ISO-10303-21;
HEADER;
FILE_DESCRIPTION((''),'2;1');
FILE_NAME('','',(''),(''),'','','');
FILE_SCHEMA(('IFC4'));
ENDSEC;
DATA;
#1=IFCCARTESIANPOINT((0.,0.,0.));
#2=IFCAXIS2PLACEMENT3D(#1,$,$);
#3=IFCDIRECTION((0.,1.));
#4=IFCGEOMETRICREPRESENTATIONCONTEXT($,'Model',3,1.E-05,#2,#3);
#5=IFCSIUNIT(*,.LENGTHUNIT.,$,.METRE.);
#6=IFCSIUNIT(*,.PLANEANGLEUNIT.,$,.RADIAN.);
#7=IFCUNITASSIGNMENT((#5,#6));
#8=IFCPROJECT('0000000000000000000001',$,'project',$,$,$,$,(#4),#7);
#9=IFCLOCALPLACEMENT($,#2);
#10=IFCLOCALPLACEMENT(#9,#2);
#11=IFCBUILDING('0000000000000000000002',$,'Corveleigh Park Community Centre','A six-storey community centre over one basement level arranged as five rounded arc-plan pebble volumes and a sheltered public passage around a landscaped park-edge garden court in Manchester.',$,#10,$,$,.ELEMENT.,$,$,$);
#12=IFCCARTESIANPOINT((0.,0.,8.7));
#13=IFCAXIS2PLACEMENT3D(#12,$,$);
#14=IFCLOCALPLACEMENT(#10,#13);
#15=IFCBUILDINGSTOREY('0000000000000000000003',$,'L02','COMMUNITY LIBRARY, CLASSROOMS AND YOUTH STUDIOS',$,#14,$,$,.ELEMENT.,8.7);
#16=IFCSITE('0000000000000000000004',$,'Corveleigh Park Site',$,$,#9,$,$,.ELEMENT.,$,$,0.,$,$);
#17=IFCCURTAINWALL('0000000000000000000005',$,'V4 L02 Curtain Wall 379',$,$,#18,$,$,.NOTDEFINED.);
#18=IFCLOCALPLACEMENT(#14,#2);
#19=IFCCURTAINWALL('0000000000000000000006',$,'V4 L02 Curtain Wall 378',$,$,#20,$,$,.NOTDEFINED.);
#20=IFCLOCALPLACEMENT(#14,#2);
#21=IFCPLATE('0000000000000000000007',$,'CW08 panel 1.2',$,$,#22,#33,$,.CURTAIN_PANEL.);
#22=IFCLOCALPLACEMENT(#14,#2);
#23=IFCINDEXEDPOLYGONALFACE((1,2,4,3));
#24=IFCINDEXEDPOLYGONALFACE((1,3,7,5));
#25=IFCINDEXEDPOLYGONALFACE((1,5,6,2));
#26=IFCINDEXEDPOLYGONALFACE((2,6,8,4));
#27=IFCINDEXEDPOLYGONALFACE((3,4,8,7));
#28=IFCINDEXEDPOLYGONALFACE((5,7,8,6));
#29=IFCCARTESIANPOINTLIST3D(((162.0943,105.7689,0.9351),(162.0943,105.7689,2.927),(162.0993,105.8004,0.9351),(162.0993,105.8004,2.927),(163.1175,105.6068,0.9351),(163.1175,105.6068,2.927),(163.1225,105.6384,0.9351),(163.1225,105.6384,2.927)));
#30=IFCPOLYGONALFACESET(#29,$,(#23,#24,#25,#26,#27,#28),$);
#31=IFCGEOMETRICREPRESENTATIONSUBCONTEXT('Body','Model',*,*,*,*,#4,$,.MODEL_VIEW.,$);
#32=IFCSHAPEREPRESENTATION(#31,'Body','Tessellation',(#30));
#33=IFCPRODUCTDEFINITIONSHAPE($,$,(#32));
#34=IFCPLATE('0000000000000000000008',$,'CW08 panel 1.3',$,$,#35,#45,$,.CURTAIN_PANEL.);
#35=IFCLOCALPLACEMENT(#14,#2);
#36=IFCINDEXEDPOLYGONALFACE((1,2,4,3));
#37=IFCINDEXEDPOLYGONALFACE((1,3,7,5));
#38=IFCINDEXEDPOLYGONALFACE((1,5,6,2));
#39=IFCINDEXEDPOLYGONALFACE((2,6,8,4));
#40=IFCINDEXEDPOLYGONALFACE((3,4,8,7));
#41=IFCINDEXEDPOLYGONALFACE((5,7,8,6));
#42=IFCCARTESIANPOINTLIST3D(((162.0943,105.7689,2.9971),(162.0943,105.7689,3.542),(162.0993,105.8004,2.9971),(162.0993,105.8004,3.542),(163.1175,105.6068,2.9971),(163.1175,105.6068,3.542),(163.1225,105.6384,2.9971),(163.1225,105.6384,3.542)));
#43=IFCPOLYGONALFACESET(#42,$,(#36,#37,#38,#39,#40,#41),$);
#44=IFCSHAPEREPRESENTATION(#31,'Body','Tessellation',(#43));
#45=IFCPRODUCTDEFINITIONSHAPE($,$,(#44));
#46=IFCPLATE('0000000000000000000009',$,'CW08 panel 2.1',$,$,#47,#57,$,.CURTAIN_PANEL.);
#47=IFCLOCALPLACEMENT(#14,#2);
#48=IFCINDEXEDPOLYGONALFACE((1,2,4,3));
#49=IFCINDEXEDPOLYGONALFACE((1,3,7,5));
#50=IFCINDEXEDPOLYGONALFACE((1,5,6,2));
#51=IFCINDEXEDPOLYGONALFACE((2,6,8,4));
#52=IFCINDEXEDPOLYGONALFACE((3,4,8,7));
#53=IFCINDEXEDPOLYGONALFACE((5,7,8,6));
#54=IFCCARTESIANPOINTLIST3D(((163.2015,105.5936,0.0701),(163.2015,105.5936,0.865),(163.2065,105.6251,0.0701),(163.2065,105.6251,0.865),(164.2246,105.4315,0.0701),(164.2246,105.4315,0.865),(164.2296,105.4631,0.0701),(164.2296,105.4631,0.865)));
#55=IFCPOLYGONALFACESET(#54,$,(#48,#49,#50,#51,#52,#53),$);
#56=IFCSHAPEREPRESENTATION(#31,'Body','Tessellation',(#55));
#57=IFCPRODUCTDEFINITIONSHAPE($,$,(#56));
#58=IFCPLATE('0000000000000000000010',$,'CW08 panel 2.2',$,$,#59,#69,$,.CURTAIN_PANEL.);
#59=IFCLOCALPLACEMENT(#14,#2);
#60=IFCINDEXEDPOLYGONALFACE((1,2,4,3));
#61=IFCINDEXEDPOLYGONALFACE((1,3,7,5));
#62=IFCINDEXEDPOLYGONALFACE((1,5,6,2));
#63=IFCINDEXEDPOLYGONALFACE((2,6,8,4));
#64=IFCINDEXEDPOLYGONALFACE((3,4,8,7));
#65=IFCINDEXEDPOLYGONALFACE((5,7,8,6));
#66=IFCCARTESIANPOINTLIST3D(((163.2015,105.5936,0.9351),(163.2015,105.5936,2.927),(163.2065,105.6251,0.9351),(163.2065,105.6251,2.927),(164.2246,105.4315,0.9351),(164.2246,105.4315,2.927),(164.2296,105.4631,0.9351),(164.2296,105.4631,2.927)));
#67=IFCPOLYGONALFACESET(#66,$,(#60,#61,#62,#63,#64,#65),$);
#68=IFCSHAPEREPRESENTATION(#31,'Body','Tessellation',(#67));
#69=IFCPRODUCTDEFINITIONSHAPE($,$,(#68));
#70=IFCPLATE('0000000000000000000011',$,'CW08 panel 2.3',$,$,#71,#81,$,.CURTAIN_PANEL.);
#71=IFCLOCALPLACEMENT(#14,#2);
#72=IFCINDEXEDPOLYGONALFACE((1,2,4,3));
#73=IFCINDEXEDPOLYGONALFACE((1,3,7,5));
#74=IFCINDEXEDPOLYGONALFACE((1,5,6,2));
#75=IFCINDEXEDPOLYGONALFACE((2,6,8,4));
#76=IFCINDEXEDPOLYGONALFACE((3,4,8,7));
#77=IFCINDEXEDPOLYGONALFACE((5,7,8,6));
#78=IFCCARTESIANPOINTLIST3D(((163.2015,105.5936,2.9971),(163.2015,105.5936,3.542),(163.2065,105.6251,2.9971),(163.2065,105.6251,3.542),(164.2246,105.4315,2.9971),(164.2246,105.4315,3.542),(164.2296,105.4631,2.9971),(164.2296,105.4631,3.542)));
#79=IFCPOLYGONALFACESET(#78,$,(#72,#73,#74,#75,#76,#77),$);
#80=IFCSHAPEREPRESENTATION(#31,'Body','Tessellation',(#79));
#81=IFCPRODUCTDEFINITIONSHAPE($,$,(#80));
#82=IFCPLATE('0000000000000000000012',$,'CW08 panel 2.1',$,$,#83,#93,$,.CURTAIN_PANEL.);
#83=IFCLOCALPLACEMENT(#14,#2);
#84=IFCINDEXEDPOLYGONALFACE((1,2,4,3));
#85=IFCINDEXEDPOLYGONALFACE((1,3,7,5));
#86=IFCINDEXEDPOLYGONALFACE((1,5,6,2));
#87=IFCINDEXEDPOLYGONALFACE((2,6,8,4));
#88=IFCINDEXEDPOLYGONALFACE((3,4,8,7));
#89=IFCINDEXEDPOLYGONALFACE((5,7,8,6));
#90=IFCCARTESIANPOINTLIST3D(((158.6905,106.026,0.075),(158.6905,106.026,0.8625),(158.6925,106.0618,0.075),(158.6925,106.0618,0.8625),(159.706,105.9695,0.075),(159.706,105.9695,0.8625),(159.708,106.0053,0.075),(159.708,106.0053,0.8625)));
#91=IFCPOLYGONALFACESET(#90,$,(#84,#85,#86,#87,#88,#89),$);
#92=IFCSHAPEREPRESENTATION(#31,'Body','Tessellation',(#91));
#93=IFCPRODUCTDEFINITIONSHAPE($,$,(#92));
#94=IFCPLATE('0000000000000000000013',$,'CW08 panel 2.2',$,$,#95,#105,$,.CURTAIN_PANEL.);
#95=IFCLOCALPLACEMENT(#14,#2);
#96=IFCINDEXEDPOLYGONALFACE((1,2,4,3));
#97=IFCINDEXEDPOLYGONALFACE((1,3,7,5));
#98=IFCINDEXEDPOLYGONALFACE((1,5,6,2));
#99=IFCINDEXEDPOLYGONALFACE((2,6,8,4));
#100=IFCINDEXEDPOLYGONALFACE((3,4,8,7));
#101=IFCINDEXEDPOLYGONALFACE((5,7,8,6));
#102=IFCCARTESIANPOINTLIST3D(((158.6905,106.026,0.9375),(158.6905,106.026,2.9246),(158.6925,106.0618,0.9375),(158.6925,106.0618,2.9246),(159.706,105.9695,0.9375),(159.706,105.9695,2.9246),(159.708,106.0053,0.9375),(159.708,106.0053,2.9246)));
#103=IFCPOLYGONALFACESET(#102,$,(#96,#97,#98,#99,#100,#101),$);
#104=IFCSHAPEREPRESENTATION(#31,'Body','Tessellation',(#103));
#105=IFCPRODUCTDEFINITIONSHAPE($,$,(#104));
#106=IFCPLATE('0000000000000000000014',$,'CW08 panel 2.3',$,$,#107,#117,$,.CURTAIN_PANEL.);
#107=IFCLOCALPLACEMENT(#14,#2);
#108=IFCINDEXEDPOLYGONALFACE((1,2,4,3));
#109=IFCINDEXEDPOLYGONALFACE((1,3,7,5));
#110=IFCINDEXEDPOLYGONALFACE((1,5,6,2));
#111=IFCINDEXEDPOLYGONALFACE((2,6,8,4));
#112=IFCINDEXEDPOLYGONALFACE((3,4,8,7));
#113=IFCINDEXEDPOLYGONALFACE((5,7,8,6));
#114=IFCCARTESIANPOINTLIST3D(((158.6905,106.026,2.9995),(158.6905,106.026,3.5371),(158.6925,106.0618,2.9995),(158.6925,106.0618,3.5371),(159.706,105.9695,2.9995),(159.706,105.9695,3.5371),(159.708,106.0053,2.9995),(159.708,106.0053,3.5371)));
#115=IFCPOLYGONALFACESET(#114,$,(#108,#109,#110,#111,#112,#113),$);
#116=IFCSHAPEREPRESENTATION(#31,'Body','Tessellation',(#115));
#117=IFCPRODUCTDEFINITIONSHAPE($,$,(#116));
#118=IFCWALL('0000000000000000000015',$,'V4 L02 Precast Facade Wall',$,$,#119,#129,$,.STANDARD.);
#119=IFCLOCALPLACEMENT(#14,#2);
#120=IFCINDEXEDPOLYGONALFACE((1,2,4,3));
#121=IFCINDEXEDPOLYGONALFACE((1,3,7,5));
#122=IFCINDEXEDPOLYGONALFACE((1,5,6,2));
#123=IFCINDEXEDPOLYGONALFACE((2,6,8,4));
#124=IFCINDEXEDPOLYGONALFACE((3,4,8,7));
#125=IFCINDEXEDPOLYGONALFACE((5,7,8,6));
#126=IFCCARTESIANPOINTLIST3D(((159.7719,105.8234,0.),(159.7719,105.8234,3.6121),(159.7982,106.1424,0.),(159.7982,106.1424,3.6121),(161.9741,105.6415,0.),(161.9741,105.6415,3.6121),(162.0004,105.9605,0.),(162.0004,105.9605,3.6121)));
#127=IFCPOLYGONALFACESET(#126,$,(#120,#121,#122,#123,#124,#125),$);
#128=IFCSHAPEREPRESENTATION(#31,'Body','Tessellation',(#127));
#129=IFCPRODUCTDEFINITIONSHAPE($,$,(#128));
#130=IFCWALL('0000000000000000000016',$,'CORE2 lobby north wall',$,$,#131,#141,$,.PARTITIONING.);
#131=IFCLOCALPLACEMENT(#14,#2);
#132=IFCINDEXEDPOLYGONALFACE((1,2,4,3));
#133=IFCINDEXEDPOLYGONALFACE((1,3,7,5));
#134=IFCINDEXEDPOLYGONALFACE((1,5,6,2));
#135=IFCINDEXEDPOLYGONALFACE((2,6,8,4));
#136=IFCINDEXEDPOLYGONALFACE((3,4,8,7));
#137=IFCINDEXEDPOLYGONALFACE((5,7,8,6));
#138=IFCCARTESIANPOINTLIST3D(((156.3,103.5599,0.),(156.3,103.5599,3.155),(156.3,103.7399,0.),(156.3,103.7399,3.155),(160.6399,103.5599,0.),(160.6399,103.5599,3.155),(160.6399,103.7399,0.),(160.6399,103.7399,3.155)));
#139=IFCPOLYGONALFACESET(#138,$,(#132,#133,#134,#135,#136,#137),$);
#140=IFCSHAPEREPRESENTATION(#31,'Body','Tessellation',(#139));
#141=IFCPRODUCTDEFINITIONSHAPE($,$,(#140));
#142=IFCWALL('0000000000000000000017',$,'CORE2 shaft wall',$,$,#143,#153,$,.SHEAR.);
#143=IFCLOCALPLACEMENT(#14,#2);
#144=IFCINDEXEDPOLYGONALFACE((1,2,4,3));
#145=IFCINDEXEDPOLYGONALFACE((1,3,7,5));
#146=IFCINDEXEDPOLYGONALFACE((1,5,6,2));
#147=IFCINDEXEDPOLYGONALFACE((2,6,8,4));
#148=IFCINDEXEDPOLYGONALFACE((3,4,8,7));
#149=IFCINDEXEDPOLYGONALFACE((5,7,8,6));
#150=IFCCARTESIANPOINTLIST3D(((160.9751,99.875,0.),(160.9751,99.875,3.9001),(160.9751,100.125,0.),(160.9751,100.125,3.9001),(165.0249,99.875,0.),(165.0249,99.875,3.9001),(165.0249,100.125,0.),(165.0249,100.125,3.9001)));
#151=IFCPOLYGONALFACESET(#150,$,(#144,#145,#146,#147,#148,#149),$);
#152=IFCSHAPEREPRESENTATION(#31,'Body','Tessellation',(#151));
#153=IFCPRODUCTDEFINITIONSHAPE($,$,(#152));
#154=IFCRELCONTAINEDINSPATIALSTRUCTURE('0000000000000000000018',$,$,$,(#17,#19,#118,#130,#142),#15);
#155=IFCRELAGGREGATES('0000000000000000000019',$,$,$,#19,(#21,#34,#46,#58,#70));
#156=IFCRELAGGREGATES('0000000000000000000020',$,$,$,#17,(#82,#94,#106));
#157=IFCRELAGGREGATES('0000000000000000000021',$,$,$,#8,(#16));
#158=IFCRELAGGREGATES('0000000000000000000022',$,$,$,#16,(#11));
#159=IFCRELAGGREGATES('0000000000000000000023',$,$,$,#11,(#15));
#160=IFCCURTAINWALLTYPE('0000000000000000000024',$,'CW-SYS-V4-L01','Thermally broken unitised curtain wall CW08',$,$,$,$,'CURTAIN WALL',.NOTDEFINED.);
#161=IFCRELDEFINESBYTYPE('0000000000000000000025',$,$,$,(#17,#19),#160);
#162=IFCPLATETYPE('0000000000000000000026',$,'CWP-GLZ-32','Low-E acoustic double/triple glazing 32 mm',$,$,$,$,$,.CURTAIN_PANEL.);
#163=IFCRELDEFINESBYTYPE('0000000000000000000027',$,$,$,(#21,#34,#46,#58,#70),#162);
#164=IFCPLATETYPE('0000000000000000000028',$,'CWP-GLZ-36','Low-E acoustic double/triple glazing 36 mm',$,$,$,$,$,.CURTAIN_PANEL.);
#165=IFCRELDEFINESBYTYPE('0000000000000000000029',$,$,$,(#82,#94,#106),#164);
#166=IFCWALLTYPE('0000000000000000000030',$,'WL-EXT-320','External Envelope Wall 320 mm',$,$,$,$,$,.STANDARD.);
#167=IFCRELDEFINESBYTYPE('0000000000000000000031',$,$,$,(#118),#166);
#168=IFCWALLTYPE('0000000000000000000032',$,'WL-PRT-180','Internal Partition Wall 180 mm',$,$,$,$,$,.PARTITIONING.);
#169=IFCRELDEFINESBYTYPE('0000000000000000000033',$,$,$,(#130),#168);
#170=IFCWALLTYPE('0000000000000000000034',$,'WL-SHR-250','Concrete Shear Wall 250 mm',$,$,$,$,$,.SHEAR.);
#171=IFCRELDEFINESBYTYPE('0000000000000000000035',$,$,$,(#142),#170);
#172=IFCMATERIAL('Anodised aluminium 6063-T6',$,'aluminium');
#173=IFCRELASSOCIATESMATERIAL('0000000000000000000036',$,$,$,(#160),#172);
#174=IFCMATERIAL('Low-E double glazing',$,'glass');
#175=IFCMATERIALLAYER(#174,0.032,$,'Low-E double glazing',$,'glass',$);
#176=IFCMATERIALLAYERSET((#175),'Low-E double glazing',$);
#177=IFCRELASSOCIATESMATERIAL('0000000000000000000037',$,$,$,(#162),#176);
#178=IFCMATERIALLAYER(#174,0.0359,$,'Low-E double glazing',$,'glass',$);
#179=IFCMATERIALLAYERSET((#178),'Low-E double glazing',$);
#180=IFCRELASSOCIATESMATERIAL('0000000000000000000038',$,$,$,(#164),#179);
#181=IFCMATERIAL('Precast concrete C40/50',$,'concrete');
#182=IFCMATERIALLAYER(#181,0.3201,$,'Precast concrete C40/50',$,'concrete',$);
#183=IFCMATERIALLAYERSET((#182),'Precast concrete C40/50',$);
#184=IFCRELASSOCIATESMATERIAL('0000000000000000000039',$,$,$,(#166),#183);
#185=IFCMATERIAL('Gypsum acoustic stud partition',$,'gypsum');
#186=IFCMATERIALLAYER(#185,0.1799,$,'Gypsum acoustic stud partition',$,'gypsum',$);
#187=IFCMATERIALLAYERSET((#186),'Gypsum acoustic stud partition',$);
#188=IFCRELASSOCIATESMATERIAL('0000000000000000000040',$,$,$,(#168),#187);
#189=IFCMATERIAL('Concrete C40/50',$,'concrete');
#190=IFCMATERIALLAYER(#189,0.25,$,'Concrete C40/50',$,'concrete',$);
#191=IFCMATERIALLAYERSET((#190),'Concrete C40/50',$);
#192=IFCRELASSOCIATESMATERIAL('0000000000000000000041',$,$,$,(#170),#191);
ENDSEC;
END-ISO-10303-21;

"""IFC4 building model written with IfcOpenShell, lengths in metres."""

from ifc_helpers import new_model, si_unit, direction, frame, frame_2d, origin, origin_2d, place, context, subcontext, project, spatial, rectangle, extrude, material, layer, layer_set, type_object, element, aggregate, save


model = new_model("IFC4")

# Units and contexts
model_context = context("Model", 3, precision=1e-05, world=origin(), true_north=direction((0.0, 1.0)))
body_context = subcontext(model_context, "Body", "Model", "MODEL_VIEW")
ifc_project = project(units=[si_unit("LENGTHUNIT", "METRE"), si_unit("PLANEANGLEUNIT", "RADIAN")], contexts=[model_context])

# Site, building, storey
site_placement = place(None, origin())
site = spatial("IfcSite", under=ifc_project, at=site_placement, Name="Corveleigh Park Site", CompositionType="ELEMENT", RefElevation=0.0)
building_placement = place(site_placement, origin())
building = spatial("IfcBuilding", under=site, at=building_placement, Name="Corveleigh Park Community Centre", Description="A six-storey community centre over one basement level arranged as five rounded arc-plan pebble volumes and a sheltered public passage around a landscaped park-edge garden court in Manchester.", CompositionType="ELEMENT")
storey_placement = place(building_placement, frame((0.0, 0.0, 8.7)))
storey = spatial("IfcBuildingStorey", under=building, at=storey_placement, Name="L02", Description="COMMUNITY LIBRARY, CLASSROOMS AND YOUTH STUDIOS", CompositionType="ELEMENT", Elevation=8.7)

# Curtain wall
ifc_material_1 = material(Name="Anodised aluminium 6063-T6", Category="aluminium")
curtain_wall_type = type_object("IfcCurtainWallType", Name="CW-SYS-V4-L01", Description="Thermally broken unitised curtain wall CW08", ElementType="CURTAIN WALL", PredefinedType="NOTDEFINED", material=ifc_material_1)
curtain_wall_1_placement = place(storey_placement, origin())
curtain_wall_1 = element("IfcCurtainWall", 1, at=curtain_wall_1_placement, inside=storey, type_object=curtain_wall_type, Name="V4 L02 Curtain Wall 379", PredefinedType="NOTDEFINED")

# Curtain wall
curtain_wall_2_placement = place(storey_placement, origin())
curtain_wall_2 = element("IfcCurtainWall", 2, at=curtain_wall_2_placement, inside=storey, type_object=curtain_wall_type, Name="V4 L02 Curtain Wall 378", PredefinedType="NOTDEFINED")

# Plates
ifc_material_2 = material(Name="Low-E double glazing", Category="glass")
ifc_layer_1 = layer(ifc_material_2, 0.032, Name="Low-E double glazing", Category="glass")
ifc_layer_set_1 = layer_set([ifc_layer_1], Name="Low-E double glazing")
plate_type_1 = type_object("IfcPlateType", Name="CWP-GLZ-32", Description="Low-E acoustic double/triple glazing 32 mm", PredefinedType="CURTAIN_PANEL", material=ifc_layer_set_1)
plate_1_placement = place(storey_placement, frame((162.6084, 105.7036, 0.9351), z_axis=(0.0, 0.0, 1.0), x_axis=(0.987686, -0.156448, 0.0)))
plate_1 = element("IfcPlate", 3, at=plate_1_placement, type_object=plate_type_1, Name="CW08 panel 1.2", PredefinedType="CURTAIN_PANEL", context=body_context, shape_type="SweptSolid", body=[
    extrude(rectangle(XDim=1.0359, YDim=0.032, at=origin_2d()), origin(), (0.0, 0.0, 1.0), 1.9919),
])
plate_2_placement = place(storey_placement, frame((162.6084, 105.7036, 2.9971), z_axis=(0.0, 0.0, 1.0), x_axis=(0.987686, -0.156448, 0.0)))
plate_2 = element("IfcPlate", 4, at=plate_2_placement, type_object=plate_type_1, Name="CW08 panel 1.3", PredefinedType="CURTAIN_PANEL", context=body_context, shape_type="SweptSolid", body=[
    extrude(rectangle(XDim=1.0359, YDim=0.032, at=origin_2d()), origin(), (0.0, 0.0, 1.0), 0.5449),
])
plate_3_placement = place(storey_placement, frame((163.7156, 105.5283, 0.0701), z_axis=(0.0, 0.0, 1.0), x_axis=(0.987686, -0.156448, 0.0)))
plate_3 = element("IfcPlate", 5, at=plate_3_placement, type_object=plate_type_1, Name="CW08 panel 2.1", PredefinedType="CURTAIN_PANEL", context=body_context, shape_type="SweptSolid", body=[
    extrude(rectangle(XDim=1.0359, YDim=0.032, at=origin_2d()), origin(), (0.0, 0.0, 1.0), 0.7949),
])
plate_4_placement = place(storey_placement, frame((163.7156, 105.5283, 0.9351), z_axis=(0.0, 0.0, 1.0), x_axis=(0.987686, -0.156448, 0.0)))
plate_4 = element("IfcPlate", 6, at=plate_4_placement, type_object=plate_type_1, Name="CW08 panel 2.2", PredefinedType="CURTAIN_PANEL", context=body_context, shape_type="SweptSolid", body=[
    extrude(rectangle(XDim=1.0359, YDim=0.032, at=origin_2d()), origin(), (0.0, 0.0, 1.0), 1.9919),
])
plate_5_placement = place(storey_placement, frame((163.7156, 105.5283, 2.9971), z_axis=(0.0, 0.0, 1.0), x_axis=(0.987686, -0.156448, 0.0)))
plate_5 = element("IfcPlate", 7, at=plate_5_placement, type_object=plate_type_1, Name="CW08 panel 2.3", PredefinedType="CURTAIN_PANEL", context=body_context, shape_type="SweptSolid", body=[
    extrude(rectangle(XDim=1.0359, YDim=0.032, at=origin_2d()), origin(), (0.0, 0.0, 1.0), 0.5449),
])
aggregate(curtain_wall_2, [plate_1, plate_2, plate_3, plate_4, plate_5])
ifc_layer_2 = layer(ifc_material_2, 0.0359, Name="Low-E double glazing", Category="glass")
ifc_layer_set_2 = layer_set([ifc_layer_2], Name="Low-E double glazing")
plate_type_2 = type_object("IfcPlateType", Name="CWP-GLZ-36", Description="Low-E acoustic double/triple glazing 36 mm", PredefinedType="CURTAIN_PANEL", material=ifc_layer_set_2)
plate_6_placement = place(storey_placement, frame((159.1992, 106.0156, 0.075), z_axis=(0.0, 0.0, 1.0), x_axis=(0.998456, -0.055545, 0.0)))
plate_6 = element("IfcPlate", 8, at=plate_6_placement, type_object=plate_type_2, Name="CW08 panel 2.1", PredefinedType="CURTAIN_PANEL", context=body_context, shape_type="SweptSolid", body=[
    extrude(rectangle(XDim=1.0171, YDim=0.0359, at=origin_2d()), origin(), (0.0, 0.0, 1.0), 0.7876),
])
plate_7_placement = place(storey_placement, frame((159.1992, 106.0156, 0.9375), z_axis=(0.0, 0.0, 1.0), x_axis=(0.998456, -0.055545, 0.0)))
plate_7 = element("IfcPlate", 9, at=plate_7_placement, type_object=plate_type_2, Name="CW08 panel 2.2", PredefinedType="CURTAIN_PANEL", context=body_context, shape_type="SweptSolid", body=[
    extrude(rectangle(XDim=1.0171, YDim=0.0359, at=origin_2d()), origin(), (0.0, 0.0, 1.0), 1.9871),
])
plate_8_placement = place(storey_placement, frame((159.1992, 106.0156, 2.9995), z_axis=(0.0, 0.0, 1.0), x_axis=(0.998456, -0.055545, 0.0)))
plate_8 = element("IfcPlate", 10, at=plate_8_placement, type_object=plate_type_2, Name="CW08 panel 2.3", PredefinedType="CURTAIN_PANEL", context=body_context, shape_type="SweptSolid", body=[
    extrude(rectangle(XDim=1.0171, YDim=0.0359, at=origin_2d()), origin(), (0.0, 0.0, 1.0), 0.5376),
])
aggregate(curtain_wall_1, [plate_6, plate_7, plate_8])

# Walls
ifc_material_3 = material(Name="Precast concrete C40/50", Category="concrete")
ifc_layer_3 = layer(ifc_material_3, 0.3201, Name="Precast concrete C40/50", Category="concrete")
ifc_layer_set_3 = layer_set([ifc_layer_3], Name="Precast concrete C40/50")
wall_type_1 = type_object("IfcWallType", Name="WL-EXT-320", Description="External Envelope Wall 320 mm", PredefinedType="STANDARD", material=ifc_layer_set_3)
wall_1_placement = place(storey_placement, frame((159.7849, 105.9829, 0.0), z_axis=(0.0, 0.0, 1.0), x_axis=(0.996606, -0.082314, 0.0)))
element("IfcWall", 11, at=wall_1_placement, inside=storey, type_object=wall_type_1, Name="V4 L02 Precast Facade Wall", PredefinedType="STANDARD", context=body_context, shape_type="SweptSolid", body=[
    extrude(rectangle(XDim=2.2097, YDim=0.3201, at=frame_2d((1.105, 0.0))), origin(), (0.0, 0.0, 1.0), 3.6121),
])
ifc_material_4 = material(Name="Gypsum acoustic stud partition", Category="gypsum")
ifc_layer_4 = layer(ifc_material_4, 0.1799, Name="Gypsum acoustic stud partition", Category="gypsum")
ifc_layer_set_4 = layer_set([ifc_layer_4], Name="Gypsum acoustic stud partition")
wall_type_2 = type_object("IfcWallType", Name="WL-PRT-180", Description="Internal Partition Wall 180 mm", PredefinedType="PARTITIONING", material=ifc_layer_set_4)
wall_2_placement = place(storey_placement, frame((160.6399, 103.6499, 0.0), z_axis=(0.0, 0.0, 1.0), x_axis=(-1.0, 0.0, 0.0)))
element("IfcWall", 12, at=wall_2_placement, inside=storey, type_object=wall_type_2, Name="CORE2 lobby north wall", PredefinedType="PARTITIONING", context=body_context, shape_type="SweptSolid", body=[
    extrude(rectangle(XDim=4.3398, YDim=0.1799, at=frame_2d((2.1699, 0.0))), origin(), (0.0, 0.0, 1.0), 3.155),
])
ifc_material_5 = material(Name="Concrete C40/50", Category="concrete")
ifc_layer_5 = layer(ifc_material_5, 0.25, Name="Concrete C40/50", Category="concrete")
ifc_layer_set_5 = layer_set([ifc_layer_5], Name="Concrete C40/50")
wall_type_3 = type_object("IfcWallType", Name="WL-SHR-250", Description="Concrete Shear Wall 250 mm", PredefinedType="SHEAR", material=ifc_layer_set_5)
wall_3_placement = place(storey_placement, frame((160.9751, 100.0, 0.0), z_axis=(0.0, 0.0, 1.0), x_axis=(1.0, 0.0, 0.0)))
element("IfcWall", 13, at=wall_3_placement, inside=storey, type_object=wall_type_3, Name="CORE2 shaft wall", PredefinedType="SHEAR", context=body_context, shape_type="SweptSolid", body=[
    extrude(rectangle(XDim=4.0498, YDim=0.25, at=frame_2d((2.0249, 0.0))), origin(), (0.0, 0.0, 1.0), 3.9001),
])

save(model, "model.ifc")
